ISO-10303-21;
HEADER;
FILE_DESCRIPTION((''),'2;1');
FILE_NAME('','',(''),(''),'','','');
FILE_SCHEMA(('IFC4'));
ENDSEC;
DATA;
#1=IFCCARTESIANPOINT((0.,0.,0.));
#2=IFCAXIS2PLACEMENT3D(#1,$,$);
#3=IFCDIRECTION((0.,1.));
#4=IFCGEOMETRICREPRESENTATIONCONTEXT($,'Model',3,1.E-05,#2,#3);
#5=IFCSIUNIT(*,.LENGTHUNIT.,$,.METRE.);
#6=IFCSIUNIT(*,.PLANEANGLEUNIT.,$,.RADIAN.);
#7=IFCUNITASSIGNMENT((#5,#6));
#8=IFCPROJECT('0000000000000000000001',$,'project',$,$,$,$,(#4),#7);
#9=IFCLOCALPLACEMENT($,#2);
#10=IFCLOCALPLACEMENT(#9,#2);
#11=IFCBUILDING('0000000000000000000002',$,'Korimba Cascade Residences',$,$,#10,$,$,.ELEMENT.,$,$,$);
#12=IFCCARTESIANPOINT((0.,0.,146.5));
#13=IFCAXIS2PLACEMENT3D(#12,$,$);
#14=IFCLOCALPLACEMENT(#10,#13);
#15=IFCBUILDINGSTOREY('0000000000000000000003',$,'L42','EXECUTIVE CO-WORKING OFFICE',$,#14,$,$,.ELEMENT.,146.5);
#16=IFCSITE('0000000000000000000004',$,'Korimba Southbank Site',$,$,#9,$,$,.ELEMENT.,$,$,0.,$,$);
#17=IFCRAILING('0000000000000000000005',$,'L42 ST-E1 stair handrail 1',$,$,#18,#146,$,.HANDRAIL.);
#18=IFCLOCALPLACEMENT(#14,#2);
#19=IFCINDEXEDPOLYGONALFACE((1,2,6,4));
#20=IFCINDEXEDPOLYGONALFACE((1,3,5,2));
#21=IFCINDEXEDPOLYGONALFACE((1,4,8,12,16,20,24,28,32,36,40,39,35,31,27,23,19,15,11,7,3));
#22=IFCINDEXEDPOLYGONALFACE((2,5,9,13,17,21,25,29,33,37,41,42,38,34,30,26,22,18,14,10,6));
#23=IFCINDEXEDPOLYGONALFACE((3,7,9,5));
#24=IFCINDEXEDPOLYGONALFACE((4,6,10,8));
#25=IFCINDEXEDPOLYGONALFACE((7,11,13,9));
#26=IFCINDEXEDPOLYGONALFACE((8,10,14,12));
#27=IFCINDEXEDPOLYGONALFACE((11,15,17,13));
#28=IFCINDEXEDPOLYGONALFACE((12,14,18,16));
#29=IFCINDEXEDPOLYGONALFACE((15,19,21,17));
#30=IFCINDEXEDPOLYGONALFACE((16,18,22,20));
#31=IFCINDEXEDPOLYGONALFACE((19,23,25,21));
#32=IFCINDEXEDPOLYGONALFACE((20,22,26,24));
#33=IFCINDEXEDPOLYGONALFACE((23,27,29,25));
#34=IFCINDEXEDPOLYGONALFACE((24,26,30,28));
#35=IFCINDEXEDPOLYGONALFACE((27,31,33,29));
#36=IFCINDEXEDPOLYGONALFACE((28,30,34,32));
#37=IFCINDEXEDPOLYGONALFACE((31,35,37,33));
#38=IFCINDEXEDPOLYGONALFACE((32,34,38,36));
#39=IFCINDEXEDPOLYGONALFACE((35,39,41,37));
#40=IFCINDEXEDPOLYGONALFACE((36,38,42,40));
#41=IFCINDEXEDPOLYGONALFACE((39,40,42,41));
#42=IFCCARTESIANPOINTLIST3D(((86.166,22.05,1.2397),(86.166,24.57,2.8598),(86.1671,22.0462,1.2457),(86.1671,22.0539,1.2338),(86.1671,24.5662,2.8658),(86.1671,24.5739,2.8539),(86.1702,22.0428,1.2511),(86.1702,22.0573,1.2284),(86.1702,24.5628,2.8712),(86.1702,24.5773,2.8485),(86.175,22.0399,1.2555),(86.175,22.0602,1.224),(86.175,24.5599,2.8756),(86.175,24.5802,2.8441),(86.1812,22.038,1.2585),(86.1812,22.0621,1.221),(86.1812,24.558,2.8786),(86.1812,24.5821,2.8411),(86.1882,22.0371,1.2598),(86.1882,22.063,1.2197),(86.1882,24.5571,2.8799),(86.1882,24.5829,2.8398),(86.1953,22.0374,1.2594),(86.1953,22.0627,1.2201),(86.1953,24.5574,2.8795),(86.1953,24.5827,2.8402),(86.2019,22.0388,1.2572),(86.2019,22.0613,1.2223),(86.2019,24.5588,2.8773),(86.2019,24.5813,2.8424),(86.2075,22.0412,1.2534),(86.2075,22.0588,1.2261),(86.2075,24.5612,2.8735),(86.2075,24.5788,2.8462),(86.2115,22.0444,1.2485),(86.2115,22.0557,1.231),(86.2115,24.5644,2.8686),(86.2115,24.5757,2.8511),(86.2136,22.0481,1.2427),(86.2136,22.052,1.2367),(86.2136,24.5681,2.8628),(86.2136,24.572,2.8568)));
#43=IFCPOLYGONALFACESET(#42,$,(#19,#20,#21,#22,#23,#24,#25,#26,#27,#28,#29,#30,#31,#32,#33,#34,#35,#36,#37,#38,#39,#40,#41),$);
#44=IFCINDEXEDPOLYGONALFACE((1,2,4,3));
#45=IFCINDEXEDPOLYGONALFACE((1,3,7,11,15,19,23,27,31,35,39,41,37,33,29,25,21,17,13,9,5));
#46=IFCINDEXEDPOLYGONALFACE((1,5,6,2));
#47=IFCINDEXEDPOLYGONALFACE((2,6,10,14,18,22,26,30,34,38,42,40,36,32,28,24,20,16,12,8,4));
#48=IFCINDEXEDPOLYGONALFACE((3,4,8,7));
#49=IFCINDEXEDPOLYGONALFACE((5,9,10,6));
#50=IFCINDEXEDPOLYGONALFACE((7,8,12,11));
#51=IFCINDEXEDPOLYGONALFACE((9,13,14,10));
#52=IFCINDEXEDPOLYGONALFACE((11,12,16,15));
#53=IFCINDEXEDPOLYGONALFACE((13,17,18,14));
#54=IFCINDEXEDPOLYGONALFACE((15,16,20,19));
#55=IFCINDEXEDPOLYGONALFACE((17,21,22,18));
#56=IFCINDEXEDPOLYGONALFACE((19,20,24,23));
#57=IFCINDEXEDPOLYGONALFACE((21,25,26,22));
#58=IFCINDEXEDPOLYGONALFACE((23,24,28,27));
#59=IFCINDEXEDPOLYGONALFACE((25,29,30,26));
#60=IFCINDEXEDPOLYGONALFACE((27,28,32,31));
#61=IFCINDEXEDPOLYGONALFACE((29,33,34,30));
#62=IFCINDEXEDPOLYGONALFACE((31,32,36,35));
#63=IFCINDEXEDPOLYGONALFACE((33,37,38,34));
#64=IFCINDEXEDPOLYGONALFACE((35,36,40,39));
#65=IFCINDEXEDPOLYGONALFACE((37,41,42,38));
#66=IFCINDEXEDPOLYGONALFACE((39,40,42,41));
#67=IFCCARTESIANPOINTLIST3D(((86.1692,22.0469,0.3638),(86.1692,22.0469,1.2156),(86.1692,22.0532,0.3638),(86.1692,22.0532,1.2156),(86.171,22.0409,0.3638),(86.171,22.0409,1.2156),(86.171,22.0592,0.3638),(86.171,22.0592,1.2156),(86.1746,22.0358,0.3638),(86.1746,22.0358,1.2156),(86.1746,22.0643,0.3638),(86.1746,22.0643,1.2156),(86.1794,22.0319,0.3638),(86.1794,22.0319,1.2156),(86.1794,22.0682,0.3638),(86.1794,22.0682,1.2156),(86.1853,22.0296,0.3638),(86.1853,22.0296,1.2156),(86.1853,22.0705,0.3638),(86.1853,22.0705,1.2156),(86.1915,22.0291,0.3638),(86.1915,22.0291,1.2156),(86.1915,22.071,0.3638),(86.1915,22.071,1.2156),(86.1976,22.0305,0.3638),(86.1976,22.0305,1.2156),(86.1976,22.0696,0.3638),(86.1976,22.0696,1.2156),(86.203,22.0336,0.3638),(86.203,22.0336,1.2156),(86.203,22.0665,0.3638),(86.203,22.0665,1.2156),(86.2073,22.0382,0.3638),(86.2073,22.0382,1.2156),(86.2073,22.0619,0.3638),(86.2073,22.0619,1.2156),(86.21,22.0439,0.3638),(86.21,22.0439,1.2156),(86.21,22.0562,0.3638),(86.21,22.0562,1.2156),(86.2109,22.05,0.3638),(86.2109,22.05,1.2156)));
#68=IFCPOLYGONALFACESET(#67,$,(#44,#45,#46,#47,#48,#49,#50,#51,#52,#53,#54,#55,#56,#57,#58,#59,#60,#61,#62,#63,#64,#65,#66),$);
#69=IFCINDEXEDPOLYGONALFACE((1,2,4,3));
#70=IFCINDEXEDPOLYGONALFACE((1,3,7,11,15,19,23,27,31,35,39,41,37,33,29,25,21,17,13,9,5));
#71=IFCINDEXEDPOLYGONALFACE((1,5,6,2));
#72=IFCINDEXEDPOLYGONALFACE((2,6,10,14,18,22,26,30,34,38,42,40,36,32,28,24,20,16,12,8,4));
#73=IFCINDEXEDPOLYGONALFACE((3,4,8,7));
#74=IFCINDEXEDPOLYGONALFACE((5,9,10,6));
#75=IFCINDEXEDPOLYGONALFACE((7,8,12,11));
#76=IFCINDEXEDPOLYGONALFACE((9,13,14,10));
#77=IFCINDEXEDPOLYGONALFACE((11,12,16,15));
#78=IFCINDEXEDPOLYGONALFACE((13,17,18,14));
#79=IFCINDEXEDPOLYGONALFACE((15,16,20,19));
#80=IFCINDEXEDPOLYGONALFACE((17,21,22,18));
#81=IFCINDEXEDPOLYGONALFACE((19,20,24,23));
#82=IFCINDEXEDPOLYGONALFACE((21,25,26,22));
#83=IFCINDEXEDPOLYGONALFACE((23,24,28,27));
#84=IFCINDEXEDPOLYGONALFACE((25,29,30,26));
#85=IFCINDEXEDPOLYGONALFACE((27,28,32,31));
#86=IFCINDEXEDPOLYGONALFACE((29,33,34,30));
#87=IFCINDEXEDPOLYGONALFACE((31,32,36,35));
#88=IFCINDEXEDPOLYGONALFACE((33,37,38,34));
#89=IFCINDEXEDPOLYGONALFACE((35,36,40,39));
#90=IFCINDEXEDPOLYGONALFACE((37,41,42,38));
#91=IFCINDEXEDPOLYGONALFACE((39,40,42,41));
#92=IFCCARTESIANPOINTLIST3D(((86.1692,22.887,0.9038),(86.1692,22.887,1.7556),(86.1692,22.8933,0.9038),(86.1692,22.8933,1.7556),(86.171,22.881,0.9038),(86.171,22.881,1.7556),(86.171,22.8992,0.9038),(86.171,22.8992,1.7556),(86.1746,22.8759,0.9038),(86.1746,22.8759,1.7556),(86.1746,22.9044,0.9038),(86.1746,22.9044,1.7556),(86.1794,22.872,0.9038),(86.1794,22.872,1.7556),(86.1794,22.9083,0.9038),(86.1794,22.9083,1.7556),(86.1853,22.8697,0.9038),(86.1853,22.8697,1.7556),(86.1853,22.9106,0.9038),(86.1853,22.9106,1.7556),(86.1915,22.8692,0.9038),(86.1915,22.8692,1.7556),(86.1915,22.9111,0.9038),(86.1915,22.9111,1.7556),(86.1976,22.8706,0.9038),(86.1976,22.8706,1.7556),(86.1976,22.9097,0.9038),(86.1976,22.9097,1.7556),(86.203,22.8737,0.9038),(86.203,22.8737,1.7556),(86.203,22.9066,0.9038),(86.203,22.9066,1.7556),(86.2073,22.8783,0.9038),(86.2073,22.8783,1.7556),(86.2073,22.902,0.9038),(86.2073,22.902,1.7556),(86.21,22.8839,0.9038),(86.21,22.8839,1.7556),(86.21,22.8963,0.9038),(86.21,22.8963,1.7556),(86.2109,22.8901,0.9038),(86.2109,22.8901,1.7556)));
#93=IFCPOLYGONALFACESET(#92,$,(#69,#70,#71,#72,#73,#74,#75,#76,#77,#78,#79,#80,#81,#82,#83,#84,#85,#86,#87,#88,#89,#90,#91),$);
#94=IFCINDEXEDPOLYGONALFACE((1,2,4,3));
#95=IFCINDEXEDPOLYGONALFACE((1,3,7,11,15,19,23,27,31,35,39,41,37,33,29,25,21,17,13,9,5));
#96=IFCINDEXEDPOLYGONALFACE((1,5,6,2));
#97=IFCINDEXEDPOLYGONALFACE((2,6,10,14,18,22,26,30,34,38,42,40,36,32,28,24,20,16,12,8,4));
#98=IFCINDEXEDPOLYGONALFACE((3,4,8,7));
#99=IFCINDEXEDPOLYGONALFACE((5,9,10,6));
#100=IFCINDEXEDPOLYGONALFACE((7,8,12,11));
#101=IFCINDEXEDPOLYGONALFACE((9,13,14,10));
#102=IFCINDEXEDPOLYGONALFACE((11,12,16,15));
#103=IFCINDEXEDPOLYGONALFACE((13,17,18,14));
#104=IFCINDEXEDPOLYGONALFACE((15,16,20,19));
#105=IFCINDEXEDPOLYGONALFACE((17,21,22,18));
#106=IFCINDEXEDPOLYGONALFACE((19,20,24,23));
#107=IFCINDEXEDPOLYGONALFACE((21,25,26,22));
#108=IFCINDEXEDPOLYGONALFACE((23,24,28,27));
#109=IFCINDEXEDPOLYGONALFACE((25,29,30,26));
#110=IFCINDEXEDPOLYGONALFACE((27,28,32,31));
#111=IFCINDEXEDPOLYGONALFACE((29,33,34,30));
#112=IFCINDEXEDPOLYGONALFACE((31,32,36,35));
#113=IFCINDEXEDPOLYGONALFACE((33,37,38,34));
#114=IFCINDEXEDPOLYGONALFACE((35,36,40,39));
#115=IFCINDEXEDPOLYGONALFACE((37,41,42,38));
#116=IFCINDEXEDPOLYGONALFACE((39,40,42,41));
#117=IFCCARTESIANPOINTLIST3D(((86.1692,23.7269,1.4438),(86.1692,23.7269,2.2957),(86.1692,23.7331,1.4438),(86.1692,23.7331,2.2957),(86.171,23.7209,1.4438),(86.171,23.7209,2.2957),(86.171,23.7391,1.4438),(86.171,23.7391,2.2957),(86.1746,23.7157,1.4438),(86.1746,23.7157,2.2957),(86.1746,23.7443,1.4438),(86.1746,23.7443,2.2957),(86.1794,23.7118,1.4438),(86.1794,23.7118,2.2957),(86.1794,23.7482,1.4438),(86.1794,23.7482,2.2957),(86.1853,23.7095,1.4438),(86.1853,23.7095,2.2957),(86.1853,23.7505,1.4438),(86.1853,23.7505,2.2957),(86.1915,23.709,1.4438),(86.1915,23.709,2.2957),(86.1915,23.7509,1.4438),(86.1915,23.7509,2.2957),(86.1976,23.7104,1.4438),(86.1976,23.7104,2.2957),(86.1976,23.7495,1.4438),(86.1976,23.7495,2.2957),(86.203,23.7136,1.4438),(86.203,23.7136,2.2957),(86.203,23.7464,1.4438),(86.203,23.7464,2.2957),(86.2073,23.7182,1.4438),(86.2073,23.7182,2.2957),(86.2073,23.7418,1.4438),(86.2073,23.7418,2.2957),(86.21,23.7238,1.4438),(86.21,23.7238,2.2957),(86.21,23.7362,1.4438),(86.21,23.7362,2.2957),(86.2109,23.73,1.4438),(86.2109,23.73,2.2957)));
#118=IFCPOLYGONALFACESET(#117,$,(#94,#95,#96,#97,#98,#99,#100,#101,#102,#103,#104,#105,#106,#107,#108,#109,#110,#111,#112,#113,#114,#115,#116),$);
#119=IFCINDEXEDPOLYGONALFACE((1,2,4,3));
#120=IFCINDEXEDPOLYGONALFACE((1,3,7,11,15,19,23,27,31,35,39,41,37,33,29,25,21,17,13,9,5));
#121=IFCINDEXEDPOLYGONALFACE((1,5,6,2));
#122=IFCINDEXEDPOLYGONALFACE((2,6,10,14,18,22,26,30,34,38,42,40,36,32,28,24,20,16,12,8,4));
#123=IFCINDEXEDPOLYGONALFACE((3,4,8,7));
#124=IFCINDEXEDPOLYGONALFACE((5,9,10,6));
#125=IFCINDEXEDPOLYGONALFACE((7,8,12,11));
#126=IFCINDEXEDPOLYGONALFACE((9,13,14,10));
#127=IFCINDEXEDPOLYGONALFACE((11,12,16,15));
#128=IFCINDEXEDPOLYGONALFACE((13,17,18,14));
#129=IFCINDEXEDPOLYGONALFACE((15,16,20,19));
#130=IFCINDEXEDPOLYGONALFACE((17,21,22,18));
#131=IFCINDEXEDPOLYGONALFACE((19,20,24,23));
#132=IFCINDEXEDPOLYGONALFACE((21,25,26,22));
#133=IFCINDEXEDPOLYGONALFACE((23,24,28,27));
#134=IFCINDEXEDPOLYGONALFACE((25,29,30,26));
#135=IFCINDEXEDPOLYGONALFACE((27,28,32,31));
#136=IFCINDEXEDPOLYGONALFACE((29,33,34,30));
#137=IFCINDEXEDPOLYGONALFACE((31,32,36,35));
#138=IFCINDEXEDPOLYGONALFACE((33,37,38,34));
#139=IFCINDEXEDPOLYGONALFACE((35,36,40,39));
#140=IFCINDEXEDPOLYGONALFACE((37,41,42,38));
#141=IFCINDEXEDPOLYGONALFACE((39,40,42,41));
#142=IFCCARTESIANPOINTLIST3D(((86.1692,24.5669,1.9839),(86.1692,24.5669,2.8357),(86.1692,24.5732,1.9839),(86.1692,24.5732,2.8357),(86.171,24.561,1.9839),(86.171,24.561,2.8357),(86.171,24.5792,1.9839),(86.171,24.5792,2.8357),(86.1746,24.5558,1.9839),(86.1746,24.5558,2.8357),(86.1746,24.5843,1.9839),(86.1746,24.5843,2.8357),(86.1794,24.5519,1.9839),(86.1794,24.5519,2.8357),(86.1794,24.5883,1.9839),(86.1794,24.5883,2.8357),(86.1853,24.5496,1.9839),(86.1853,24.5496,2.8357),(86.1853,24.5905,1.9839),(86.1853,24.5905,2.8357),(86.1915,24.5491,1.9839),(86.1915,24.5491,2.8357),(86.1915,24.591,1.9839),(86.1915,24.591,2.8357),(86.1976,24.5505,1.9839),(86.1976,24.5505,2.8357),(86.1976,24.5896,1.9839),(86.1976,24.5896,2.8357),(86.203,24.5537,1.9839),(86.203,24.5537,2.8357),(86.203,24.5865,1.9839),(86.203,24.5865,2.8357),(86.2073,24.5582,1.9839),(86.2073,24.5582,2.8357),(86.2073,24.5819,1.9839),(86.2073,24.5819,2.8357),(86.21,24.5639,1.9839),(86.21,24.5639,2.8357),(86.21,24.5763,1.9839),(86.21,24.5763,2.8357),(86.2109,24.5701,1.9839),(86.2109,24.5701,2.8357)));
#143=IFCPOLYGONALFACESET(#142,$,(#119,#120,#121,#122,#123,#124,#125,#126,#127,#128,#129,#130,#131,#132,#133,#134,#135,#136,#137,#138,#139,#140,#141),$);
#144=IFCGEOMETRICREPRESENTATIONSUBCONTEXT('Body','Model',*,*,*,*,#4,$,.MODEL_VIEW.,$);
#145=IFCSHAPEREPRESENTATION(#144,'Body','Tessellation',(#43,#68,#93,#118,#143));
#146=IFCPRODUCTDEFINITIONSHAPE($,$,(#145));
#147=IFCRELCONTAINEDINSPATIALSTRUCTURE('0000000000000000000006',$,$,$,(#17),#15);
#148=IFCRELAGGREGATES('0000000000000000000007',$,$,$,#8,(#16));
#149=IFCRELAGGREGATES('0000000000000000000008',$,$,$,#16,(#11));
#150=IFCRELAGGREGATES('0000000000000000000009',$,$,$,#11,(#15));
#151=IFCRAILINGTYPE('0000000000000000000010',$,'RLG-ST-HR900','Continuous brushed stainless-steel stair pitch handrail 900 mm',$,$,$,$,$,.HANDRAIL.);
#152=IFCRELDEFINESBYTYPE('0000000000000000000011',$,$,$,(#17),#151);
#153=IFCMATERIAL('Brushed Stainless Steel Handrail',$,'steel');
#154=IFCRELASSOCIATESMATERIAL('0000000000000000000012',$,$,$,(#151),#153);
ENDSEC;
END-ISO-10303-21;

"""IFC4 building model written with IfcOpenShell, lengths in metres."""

from ifc_helpers import new_model, si_unit, direction, frame, origin, origin_2d, place, context, subcontext, project, spatial, circle, extrude, material, type_object, element, save


model = new_model("IFC4")

# Units and contexts
model_context = context("Model", 3, precision=1e-05, world=origin(), true_north=direction((0.0, 1.0)))
body_context = subcontext(model_context, "Body", "Model", "MODEL_VIEW")
ifc_project = project(units=[si_unit("LENGTHUNIT", "METRE"), si_unit("PLANEANGLEUNIT", "RADIAN")], contexts=[model_context])

# Site, building, storey
site_placement = place(None, origin())
site = spatial("IfcSite", under=ifc_project, at=site_placement, Name="Korimba Southbank Site", CompositionType="ELEMENT", RefElevation=0.0)
building_placement = place(site_placement, origin())
building = spatial("IfcBuilding", under=site, at=building_placement, Name="Korimba Cascade Residences", CompositionType="ELEMENT")
storey_placement = place(building_placement, frame((0.0, 0.0, 146.5)))
storey = spatial("IfcBuildingStorey", under=building, at=storey_placement, Name="L42", Description="EXECUTIVE CO-WORKING OFFICE", CompositionType="ELEMENT", Elevation=146.5)

# Railing
ifc_material_1 = material(Name="Brushed Stainless Steel Handrail", Category="steel")
railing_type_1 = type_object("IfcRailingType", Name="RLG-ST-HR900", Description="Continuous brushed stainless-steel stair pitch handrail 900 mm", PredefinedType="HANDRAIL", material=ifc_material_1)
railing_1_placement = place(storey_placement, frame((86.1899, 22.05, 0.3638)))
element("IfcRailing", 1, at=railing_1_placement, inside=storey, type_object=railing_type_1, Name="L42 ST-E1 stair handrail 1", PredefinedType="HANDRAIL", context=body_context, shape_type="SweptSolid", body=[
    extrude(circle(Radius=0.0239, at=origin_2d()), frame((0.0, 0.0, 0.876), z_axis=(0.0, 0.841163, 0.540782), x_axis=(-1.0, 0.0, 0.0)), (0.0, 0.0, 1.0), 2.9958),
    extrude(circle(Radius=0.021, at=origin_2d()), origin(), (0.0, 0.0, 1.0), 0.8518),
    extrude(circle(Radius=0.021, at=origin_2d()), frame((0.0, 0.8401, 0.54)), (0.0, 0.0, 1.0), 0.8518),
    extrude(circle(Radius=0.021, at=origin_2d()), frame((0.0, 1.6799, 1.0801)), (0.0, 0.0, 1.0), 0.8518),
    extrude(circle(Radius=0.021, at=origin_2d()), frame((0.0, 2.52, 1.6201)), (0.0, 0.0, 1.0), 0.8518),
])

save(model, "model.ifc")
